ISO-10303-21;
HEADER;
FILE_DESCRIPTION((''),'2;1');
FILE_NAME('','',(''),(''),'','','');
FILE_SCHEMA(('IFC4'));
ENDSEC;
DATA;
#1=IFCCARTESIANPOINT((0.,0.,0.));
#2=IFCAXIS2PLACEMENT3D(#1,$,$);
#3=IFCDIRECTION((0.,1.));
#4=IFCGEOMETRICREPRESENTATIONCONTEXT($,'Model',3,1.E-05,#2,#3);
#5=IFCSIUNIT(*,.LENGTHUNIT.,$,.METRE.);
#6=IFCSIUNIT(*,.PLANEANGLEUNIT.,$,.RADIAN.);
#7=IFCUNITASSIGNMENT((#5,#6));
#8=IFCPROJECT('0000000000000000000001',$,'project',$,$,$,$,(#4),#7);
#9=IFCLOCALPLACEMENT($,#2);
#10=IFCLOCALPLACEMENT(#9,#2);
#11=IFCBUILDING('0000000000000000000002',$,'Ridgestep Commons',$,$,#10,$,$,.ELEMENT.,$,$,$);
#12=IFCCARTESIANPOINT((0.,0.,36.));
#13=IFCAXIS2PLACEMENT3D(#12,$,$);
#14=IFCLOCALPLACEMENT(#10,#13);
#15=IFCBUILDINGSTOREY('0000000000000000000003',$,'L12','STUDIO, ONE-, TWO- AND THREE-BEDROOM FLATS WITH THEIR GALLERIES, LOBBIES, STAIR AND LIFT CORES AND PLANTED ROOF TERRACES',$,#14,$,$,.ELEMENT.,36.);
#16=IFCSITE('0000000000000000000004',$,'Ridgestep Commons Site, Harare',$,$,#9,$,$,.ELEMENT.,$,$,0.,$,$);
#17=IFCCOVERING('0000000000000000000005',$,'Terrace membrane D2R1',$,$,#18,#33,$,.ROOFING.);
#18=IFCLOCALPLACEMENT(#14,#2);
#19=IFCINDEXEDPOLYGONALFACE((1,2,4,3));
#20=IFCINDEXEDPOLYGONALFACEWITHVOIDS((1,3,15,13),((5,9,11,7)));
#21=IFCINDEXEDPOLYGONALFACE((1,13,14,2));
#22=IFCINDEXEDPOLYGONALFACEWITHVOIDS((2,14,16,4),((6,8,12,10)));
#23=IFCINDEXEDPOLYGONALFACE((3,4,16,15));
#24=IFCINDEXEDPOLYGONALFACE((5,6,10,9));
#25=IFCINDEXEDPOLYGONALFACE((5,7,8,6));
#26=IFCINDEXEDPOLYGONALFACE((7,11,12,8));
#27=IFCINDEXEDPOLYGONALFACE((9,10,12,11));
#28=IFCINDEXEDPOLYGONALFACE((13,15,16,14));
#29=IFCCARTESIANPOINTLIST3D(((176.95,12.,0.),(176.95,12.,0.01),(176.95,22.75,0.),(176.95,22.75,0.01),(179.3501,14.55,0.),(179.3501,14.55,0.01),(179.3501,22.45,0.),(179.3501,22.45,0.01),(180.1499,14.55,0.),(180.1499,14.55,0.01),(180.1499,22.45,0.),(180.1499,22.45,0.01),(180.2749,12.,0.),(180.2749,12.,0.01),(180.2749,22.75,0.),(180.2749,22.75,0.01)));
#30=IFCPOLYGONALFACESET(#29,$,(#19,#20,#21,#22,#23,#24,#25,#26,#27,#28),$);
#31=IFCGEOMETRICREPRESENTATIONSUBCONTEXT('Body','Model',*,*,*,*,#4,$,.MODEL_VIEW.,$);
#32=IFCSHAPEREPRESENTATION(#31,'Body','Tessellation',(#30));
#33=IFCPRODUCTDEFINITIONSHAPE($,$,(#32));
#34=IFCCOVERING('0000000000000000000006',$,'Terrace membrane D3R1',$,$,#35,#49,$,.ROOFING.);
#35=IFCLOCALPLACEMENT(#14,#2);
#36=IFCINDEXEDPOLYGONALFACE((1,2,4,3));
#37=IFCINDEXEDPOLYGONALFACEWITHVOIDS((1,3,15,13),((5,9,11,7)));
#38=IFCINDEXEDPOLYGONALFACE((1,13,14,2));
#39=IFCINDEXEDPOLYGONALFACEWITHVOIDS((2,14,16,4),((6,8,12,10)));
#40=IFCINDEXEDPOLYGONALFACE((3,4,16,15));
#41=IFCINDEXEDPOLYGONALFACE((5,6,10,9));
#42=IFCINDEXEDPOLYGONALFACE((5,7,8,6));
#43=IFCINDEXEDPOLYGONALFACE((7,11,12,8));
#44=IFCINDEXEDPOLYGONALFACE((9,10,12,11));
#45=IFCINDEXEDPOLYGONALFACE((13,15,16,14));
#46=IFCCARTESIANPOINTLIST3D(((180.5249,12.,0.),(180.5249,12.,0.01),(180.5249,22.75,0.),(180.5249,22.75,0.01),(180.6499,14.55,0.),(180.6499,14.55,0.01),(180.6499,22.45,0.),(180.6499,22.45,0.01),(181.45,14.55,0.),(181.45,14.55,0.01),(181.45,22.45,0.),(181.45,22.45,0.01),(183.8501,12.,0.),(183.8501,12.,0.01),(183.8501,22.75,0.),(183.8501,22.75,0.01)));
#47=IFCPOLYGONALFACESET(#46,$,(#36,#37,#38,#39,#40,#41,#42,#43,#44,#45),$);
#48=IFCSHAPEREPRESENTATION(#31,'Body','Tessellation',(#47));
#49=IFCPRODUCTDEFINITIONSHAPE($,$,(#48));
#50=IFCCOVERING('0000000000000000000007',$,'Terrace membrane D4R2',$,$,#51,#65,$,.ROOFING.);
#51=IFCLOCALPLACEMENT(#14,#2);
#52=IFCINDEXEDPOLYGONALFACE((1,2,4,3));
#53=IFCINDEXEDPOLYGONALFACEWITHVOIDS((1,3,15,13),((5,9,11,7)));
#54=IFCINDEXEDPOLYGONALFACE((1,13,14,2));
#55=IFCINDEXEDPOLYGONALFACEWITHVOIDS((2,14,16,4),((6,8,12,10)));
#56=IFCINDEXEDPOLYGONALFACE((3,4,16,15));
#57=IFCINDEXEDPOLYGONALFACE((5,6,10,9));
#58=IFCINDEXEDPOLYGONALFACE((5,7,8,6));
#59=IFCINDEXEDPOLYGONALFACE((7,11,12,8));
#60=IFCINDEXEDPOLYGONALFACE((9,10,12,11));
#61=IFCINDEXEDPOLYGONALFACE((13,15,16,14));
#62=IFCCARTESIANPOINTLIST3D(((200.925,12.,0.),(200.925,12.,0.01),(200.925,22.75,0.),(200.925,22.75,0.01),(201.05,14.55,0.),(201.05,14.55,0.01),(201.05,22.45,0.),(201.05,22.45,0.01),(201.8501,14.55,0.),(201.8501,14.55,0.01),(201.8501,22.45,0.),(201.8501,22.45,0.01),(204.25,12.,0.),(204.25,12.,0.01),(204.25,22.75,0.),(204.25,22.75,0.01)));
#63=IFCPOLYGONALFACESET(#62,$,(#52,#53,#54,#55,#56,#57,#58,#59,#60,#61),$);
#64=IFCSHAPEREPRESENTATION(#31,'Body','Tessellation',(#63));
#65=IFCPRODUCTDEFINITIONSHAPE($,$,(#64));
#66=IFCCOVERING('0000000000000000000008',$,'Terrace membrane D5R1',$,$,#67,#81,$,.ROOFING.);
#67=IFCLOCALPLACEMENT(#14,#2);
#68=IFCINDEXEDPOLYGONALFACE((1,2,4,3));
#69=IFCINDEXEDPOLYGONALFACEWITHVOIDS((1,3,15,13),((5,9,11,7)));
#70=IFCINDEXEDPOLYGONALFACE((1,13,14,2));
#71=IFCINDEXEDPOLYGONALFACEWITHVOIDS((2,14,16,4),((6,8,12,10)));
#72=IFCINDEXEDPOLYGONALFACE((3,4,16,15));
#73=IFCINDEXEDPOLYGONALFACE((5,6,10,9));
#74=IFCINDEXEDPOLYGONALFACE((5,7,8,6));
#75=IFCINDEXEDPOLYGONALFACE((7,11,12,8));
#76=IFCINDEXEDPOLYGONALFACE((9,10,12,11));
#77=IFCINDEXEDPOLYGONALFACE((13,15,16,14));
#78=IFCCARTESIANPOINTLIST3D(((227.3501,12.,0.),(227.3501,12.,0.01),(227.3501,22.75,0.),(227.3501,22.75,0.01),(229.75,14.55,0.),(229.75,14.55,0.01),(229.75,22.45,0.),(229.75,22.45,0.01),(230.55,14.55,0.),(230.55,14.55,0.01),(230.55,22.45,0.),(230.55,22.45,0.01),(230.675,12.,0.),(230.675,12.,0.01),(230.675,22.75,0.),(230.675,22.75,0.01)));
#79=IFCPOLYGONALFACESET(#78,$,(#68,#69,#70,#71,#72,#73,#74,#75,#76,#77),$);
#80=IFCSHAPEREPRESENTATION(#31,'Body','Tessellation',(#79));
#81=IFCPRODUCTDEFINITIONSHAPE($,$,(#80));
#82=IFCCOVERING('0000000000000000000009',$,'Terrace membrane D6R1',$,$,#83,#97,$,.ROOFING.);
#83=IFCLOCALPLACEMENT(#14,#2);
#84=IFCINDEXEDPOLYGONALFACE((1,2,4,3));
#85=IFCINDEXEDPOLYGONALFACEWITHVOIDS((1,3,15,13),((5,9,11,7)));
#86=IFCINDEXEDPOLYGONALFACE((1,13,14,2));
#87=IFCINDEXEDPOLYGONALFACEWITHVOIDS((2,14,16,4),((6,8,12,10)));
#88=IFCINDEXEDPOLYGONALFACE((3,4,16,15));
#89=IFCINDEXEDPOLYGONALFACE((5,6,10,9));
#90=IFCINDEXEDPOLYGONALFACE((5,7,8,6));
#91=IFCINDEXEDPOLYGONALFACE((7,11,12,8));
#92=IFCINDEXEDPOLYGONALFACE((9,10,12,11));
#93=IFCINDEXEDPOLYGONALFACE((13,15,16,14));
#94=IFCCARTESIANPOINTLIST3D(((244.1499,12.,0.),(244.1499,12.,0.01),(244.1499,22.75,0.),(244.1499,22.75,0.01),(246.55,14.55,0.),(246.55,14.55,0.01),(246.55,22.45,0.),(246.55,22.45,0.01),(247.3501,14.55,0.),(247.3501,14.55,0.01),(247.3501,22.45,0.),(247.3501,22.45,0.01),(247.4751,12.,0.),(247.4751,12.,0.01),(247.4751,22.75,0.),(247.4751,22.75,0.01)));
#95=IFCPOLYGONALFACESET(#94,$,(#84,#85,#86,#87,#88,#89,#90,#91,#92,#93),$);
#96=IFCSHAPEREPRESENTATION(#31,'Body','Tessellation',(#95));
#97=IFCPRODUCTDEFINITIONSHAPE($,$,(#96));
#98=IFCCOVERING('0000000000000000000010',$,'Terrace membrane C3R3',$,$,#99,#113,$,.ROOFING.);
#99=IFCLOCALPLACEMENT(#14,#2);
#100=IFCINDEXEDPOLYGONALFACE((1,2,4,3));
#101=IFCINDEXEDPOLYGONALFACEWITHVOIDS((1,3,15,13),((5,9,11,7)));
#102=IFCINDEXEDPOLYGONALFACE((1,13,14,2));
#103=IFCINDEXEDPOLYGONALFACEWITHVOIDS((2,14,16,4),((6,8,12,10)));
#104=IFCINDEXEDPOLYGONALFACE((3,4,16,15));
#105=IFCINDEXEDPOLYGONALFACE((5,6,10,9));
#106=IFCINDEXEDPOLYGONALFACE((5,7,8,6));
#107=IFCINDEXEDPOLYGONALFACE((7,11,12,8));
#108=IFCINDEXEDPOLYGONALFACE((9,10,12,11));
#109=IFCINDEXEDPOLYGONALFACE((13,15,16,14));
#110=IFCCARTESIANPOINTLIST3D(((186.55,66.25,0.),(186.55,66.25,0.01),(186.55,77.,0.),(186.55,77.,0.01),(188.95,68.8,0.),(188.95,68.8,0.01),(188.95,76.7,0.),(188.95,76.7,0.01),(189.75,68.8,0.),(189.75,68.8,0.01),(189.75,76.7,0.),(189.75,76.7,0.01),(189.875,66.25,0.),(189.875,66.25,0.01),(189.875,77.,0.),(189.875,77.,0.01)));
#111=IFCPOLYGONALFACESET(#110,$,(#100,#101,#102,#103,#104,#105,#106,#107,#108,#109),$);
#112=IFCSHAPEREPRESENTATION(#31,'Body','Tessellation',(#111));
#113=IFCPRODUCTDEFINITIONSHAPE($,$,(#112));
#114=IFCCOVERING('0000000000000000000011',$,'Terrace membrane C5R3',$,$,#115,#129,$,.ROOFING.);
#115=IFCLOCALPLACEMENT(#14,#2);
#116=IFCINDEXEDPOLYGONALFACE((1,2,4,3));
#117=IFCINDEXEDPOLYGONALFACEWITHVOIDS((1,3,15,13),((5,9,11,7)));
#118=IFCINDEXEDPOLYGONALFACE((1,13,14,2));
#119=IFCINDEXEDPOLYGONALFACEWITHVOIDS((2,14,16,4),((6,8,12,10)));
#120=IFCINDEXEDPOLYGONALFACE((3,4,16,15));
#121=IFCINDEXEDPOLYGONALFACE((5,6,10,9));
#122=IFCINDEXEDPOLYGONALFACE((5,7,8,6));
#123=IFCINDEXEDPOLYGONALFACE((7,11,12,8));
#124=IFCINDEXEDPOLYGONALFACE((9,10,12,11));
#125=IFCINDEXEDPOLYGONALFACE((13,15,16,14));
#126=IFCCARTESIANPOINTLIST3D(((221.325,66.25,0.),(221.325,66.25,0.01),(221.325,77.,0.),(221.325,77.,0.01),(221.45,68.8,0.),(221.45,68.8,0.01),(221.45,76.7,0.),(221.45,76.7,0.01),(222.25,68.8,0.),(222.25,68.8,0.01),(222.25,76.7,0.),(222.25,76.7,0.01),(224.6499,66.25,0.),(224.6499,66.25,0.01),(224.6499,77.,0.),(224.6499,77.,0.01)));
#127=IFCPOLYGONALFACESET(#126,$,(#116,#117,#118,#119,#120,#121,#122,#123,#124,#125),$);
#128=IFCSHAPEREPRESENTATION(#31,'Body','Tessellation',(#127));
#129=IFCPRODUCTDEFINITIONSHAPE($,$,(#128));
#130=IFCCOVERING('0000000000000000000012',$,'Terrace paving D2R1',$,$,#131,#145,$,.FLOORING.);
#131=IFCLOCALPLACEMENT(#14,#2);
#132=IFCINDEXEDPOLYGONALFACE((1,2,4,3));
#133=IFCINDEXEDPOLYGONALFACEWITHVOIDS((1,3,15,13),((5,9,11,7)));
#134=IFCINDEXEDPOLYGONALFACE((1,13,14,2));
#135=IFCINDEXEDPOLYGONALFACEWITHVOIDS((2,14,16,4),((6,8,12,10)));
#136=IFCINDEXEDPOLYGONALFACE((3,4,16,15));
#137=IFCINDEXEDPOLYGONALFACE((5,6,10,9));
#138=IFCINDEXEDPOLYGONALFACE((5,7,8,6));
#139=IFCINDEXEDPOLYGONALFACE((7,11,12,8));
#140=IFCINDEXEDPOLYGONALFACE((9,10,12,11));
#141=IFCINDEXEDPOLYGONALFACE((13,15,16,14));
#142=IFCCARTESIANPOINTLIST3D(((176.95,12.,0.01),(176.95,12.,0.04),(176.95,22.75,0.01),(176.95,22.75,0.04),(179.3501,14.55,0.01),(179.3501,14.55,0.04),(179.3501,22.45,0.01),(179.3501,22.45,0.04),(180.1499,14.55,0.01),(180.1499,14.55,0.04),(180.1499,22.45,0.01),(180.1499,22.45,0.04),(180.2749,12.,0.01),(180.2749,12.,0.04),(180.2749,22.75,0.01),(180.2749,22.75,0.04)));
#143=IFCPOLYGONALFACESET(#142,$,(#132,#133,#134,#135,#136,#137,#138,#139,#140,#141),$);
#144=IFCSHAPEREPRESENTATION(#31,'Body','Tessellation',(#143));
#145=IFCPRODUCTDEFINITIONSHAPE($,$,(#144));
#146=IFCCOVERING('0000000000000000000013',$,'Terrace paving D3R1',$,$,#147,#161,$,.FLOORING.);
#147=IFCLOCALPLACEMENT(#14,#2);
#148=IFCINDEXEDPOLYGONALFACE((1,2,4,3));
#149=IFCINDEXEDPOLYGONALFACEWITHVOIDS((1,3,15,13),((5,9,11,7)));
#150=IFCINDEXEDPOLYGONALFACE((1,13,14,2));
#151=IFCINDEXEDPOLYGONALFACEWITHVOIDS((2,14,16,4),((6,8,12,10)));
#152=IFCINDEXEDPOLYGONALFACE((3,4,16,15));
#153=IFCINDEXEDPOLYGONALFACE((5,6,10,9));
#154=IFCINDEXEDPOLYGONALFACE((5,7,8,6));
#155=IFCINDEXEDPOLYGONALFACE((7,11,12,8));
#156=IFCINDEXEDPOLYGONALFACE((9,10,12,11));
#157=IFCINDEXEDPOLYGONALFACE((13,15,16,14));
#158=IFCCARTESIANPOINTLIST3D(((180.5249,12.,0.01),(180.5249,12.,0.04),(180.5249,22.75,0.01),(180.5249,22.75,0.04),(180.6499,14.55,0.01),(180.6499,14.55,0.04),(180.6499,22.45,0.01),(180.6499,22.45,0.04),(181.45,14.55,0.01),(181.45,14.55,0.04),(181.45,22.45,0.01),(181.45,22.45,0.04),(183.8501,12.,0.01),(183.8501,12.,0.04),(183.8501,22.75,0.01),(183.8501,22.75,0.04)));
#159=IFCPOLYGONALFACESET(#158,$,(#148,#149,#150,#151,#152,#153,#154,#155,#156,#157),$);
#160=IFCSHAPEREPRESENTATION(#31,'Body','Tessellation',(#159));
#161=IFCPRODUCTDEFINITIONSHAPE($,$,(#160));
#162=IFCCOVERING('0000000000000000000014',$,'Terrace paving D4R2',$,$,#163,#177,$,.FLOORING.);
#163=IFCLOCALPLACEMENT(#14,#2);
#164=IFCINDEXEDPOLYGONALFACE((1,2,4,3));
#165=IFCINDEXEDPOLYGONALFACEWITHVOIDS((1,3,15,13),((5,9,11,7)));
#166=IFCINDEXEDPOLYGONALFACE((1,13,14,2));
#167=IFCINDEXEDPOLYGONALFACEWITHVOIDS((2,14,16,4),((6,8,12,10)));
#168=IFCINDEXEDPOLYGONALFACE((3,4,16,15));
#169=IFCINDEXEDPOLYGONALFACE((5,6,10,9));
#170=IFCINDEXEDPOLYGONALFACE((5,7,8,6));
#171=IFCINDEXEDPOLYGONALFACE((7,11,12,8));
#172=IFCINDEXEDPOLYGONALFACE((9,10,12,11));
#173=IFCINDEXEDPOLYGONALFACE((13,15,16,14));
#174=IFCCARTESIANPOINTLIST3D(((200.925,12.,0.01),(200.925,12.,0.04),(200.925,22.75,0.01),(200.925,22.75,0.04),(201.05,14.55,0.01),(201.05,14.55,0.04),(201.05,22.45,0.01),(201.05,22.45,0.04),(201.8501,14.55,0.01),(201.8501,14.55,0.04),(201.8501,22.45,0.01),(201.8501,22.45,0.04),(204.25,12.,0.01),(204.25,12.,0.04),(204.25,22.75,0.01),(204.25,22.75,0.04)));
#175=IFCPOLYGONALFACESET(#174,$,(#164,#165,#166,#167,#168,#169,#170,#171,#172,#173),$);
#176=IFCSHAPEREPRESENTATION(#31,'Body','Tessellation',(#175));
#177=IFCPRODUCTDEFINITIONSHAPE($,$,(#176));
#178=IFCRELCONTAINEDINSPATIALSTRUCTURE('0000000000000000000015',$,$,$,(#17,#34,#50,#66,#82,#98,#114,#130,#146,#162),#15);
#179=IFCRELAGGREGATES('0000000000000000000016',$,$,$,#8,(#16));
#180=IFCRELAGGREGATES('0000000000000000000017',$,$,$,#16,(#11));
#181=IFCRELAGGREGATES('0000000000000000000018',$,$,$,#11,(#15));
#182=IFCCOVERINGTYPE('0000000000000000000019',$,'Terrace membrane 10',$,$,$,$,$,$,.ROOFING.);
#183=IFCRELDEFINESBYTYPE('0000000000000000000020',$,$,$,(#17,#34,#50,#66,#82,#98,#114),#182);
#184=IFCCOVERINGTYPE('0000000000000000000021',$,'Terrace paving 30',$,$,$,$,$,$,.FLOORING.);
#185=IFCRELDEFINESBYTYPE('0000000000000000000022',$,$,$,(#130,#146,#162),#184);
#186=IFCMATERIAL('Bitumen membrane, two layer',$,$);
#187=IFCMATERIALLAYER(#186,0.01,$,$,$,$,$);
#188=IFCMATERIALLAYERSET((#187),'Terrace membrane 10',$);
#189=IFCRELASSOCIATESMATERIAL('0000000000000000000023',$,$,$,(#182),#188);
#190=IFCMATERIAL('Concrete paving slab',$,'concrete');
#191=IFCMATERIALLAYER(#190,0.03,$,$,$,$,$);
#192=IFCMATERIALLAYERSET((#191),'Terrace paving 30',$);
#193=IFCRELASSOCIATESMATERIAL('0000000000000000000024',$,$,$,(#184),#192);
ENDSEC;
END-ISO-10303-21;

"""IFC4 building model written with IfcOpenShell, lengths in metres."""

from ifc_helpers import new_model, si_unit, direction, frame, origin, place, context, subcontext, project, spatial, polyline, outline, extrude, material, layer, layer_set, type_object, element, save


model = new_model("IFC4")

# Units and contexts
model_context = context("Model", 3, precision=1e-05, world=origin(), true_north=direction((0.0, 1.0)))
body_context = subcontext(model_context, "Body", "Model", "MODEL_VIEW")
ifc_project = project(units=[si_unit("LENGTHUNIT", "METRE"), si_unit("PLANEANGLEUNIT", "RADIAN")], contexts=[model_context])

# Site, building, storey
site_placement = place(None, origin())
site = spatial("IfcSite", under=ifc_project, at=site_placement, Name="Ridgestep Commons Site, Harare", CompositionType="ELEMENT", RefElevation=0.0)
building_placement = place(site_placement, origin())
building = spatial("IfcBuilding", under=site, at=building_placement, Name="Ridgestep Commons", CompositionType="ELEMENT")
storey_placement = place(building_placement, frame((0.0, 0.0, 36.0)))
storey = spatial("IfcBuildingStorey", under=building, at=storey_placement, Name="L12", Description="STUDIO, ONE-, TWO- AND THREE-BEDROOM FLATS WITH THEIR GALLERIES, LOBBIES, STAIR AND LIFT CORES AND PLANTED ROOF TERRACES", CompositionType="ELEMENT", Elevation=36.0)

# Coverings
ifc_material_1 = material(Name="Bitumen membrane, two layer")
ifc_layer_1 = layer(ifc_material_1, 0.01)
ifc_layer_set_1 = layer_set([ifc_layer_1], Name="Terrace membrane 10")
covering_type_1 = type_object("IfcCoveringType", Name="Terrace membrane 10", PredefinedType="ROOFING", material=ifc_layer_set_1)
covering_1_placement = place(storey_placement, origin())
element("IfcCovering", 1, at=covering_1_placement, inside=storey, type_object=covering_type_1, Name="Terrace membrane D2R1", PredefinedType="ROOFING", context=body_context, shape_type="SweptSolid", body=[
    extrude(outline(polyline([(180.2749, 12.0), (180.2749, 22.75), (176.95, 22.75), (176.95, 12.0), (180.2749, 12.0)]), holes=[polyline([(180.1499, 14.55), (180.1499, 22.45), (179.3501, 22.45), (179.3501, 14.55), (180.1499, 14.55)])]), origin(), (0.0, 0.0, 1.0), 0.01),
])
covering_2_placement = place(storey_placement, origin())
element("IfcCovering", 2, at=covering_2_placement, inside=storey, type_object=covering_type_1, Name="Terrace membrane D3R1", PredefinedType="ROOFING", context=body_context, shape_type="SweptSolid", body=[
    extrude(outline(polyline([(183.8501, 12.0), (183.8501, 22.75), (180.5249, 22.75), (180.5249, 12.0), (183.8501, 12.0)]), holes=[polyline([(181.45, 14.55), (181.45, 22.45), (180.6499, 22.45), (180.6499, 14.55), (181.45, 14.55)])]), origin(), (0.0, 0.0, 1.0), 0.01),
])
covering_3_placement = place(storey_placement, origin())
element("IfcCovering", 3, at=covering_3_placement, inside=storey, type_object=covering_type_1, Name="Terrace membrane D4R2", PredefinedType="ROOFING", context=body_context, shape_type="SweptSolid", body=[
    extrude(outline(polyline([(204.25, 12.0), (204.25, 22.75), (200.925, 22.75), (200.925, 12.0), (204.25, 12.0)]), holes=[polyline([(201.8501, 14.55), (201.8501, 22.45), (201.05, 22.45), (201.05, 14.55), (201.8501, 14.55)])]), origin(), (0.0, 0.0, 1.0), 0.01),
])
covering_4_placement = place(storey_placement, origin())
element("IfcCovering", 4, at=covering_4_placement, inside=storey, type_object=covering_type_1, Name="Terrace membrane D5R1", PredefinedType="ROOFING", context=body_context, shape_type="SweptSolid", body=[
    extrude(outline(polyline([(230.675, 12.0), (230.675, 22.75), (227.3501, 22.75), (227.3501, 12.0), (230.675, 12.0)]), holes=[polyline([(230.55, 14.55), (230.55, 22.45), (229.75, 22.45), (229.75, 14.55), (230.55, 14.55)])]), origin(), (0.0, 0.0, 1.0), 0.01),
])
covering_5_placement = place(storey_placement, origin())
element("IfcCovering", 5, at=covering_5_placement, inside=storey, type_object=covering_type_1, Name="Terrace membrane D6R1", PredefinedType="ROOFING", context=body_context, shape_type="SweptSolid", body=[
    extrude(outline(polyline([(247.4751, 12.0), (247.4751, 22.75), (244.1499, 22.75), (244.1499, 12.0), (247.4751, 12.0)]), holes=[polyline([(247.3501, 14.55), (247.3501, 22.45), (246.55, 22.45), (246.55, 14.55), (247.3501, 14.55)])]), origin(), (0.0, 0.0, 1.0), 0.01),
])
covering_6_placement = place(storey_placement, origin())
element("IfcCovering", 6, at=covering_6_placement, inside=storey, type_object=covering_type_1, Name="Terrace membrane C3R3", PredefinedType="ROOFING", context=body_context, shape_type="SweptSolid", body=[
    extrude(outline(polyline([(189.875, 66.25), (189.875, 77.0), (186.55, 77.0), (186.55, 66.25), (189.875, 66.25)]), holes=[polyline([(189.75, 68.8), (189.75, 76.7), (188.95, 76.7), (188.95, 68.8), (189.75, 68.8)])]), origin(), (0.0, 0.0, 1.0), 0.01),
])
covering_7_placement = place(storey_placement, origin())
element("IfcCovering", 7, at=covering_7_placement, inside=storey, type_object=covering_type_1, Name="Terrace membrane C5R3", PredefinedType="ROOFING", context=body_context, shape_type="SweptSolid", body=[
    extrude(outline(polyline([(224.6499, 66.25), (224.6499, 77.0), (221.325, 77.0), (221.325, 66.25), (224.6499, 66.25)]), holes=[polyline([(222.25, 68.8), (222.25, 76.7), (221.45, 76.7), (221.45, 68.8), (222.25, 68.8)])]), origin(), (0.0, 0.0, 1.0), 0.01),
])
ifc_material_2 = material(Name="Concrete paving slab", Category="concrete")
ifc_layer_2 = layer(ifc_material_2, 0.03)
ifc_layer_set_2 = layer_set([ifc_layer_2], Name="Terrace paving 30")
covering_type_2 = type_object("IfcCoveringType", Name="Terrace paving 30", PredefinedType="FLOORING", material=ifc_layer_set_2)
covering_8_placement = place(storey_placement, frame((0.0, 0.0, 0.01)))
element("IfcCovering", 8, at=covering_8_placement, inside=storey, type_object=covering_type_2, Name="Terrace paving D2R1", PredefinedType="FLOORING", context=body_context, shape_type="SweptSolid", body=[
    extrude(outline(polyline([(180.2749, 12.0), (180.2749, 22.75), (176.95, 22.75), (176.95, 12.0), (180.2749, 12.0)]), holes=[polyline([(180.1499, 14.55), (180.1499, 22.45), (179.3501, 22.45), (179.3501, 14.55), (180.1499, 14.55)])]), origin(), (0.0, 0.0, 1.0), 0.03),
])
covering_9_placement = place(storey_placement, frame((0.0, 0.0, 0.01)))
element("IfcCovering", 9, at=covering_9_placement, inside=storey, type_object=covering_type_2, Name="Terrace paving D3R1", PredefinedType="FLOORING", context=body_context, shape_type="SweptSolid", body=[
    extrude(outline(polyline([(183.8501, 12.0), (183.8501, 22.75), (180.5249, 22.75), (180.5249, 12.0), (183.8501, 12.0)]), holes=[polyline([(181.45, 14.55), (181.45, 22.45), (180.6499, 22.45), (180.6499, 14.55), (181.45, 14.55)])]), origin(), (0.0, 0.0, 1.0), 0.03),
])
covering_10_placement = place(storey_placement, frame((0.0, 0.0, 0.01)))
element("IfcCovering", 10, at=covering_10_placement, inside=storey, type_object=covering_type_2, Name="Terrace paving D4R2", PredefinedType="FLOORING", context=body_context, shape_type="SweptSolid", body=[
    extrude(outline(polyline([(204.25, 12.0), (204.25, 22.75), (200.925, 22.75), (200.925, 12.0), (204.25, 12.0)]), holes=[polyline([(201.8501, 14.55), (201.8501, 22.45), (201.05, 22.45), (201.05, 14.55), (201.8501, 14.55)])]), origin(), (0.0, 0.0, 1.0), 0.03),
])

save(model, "model.ifc")
